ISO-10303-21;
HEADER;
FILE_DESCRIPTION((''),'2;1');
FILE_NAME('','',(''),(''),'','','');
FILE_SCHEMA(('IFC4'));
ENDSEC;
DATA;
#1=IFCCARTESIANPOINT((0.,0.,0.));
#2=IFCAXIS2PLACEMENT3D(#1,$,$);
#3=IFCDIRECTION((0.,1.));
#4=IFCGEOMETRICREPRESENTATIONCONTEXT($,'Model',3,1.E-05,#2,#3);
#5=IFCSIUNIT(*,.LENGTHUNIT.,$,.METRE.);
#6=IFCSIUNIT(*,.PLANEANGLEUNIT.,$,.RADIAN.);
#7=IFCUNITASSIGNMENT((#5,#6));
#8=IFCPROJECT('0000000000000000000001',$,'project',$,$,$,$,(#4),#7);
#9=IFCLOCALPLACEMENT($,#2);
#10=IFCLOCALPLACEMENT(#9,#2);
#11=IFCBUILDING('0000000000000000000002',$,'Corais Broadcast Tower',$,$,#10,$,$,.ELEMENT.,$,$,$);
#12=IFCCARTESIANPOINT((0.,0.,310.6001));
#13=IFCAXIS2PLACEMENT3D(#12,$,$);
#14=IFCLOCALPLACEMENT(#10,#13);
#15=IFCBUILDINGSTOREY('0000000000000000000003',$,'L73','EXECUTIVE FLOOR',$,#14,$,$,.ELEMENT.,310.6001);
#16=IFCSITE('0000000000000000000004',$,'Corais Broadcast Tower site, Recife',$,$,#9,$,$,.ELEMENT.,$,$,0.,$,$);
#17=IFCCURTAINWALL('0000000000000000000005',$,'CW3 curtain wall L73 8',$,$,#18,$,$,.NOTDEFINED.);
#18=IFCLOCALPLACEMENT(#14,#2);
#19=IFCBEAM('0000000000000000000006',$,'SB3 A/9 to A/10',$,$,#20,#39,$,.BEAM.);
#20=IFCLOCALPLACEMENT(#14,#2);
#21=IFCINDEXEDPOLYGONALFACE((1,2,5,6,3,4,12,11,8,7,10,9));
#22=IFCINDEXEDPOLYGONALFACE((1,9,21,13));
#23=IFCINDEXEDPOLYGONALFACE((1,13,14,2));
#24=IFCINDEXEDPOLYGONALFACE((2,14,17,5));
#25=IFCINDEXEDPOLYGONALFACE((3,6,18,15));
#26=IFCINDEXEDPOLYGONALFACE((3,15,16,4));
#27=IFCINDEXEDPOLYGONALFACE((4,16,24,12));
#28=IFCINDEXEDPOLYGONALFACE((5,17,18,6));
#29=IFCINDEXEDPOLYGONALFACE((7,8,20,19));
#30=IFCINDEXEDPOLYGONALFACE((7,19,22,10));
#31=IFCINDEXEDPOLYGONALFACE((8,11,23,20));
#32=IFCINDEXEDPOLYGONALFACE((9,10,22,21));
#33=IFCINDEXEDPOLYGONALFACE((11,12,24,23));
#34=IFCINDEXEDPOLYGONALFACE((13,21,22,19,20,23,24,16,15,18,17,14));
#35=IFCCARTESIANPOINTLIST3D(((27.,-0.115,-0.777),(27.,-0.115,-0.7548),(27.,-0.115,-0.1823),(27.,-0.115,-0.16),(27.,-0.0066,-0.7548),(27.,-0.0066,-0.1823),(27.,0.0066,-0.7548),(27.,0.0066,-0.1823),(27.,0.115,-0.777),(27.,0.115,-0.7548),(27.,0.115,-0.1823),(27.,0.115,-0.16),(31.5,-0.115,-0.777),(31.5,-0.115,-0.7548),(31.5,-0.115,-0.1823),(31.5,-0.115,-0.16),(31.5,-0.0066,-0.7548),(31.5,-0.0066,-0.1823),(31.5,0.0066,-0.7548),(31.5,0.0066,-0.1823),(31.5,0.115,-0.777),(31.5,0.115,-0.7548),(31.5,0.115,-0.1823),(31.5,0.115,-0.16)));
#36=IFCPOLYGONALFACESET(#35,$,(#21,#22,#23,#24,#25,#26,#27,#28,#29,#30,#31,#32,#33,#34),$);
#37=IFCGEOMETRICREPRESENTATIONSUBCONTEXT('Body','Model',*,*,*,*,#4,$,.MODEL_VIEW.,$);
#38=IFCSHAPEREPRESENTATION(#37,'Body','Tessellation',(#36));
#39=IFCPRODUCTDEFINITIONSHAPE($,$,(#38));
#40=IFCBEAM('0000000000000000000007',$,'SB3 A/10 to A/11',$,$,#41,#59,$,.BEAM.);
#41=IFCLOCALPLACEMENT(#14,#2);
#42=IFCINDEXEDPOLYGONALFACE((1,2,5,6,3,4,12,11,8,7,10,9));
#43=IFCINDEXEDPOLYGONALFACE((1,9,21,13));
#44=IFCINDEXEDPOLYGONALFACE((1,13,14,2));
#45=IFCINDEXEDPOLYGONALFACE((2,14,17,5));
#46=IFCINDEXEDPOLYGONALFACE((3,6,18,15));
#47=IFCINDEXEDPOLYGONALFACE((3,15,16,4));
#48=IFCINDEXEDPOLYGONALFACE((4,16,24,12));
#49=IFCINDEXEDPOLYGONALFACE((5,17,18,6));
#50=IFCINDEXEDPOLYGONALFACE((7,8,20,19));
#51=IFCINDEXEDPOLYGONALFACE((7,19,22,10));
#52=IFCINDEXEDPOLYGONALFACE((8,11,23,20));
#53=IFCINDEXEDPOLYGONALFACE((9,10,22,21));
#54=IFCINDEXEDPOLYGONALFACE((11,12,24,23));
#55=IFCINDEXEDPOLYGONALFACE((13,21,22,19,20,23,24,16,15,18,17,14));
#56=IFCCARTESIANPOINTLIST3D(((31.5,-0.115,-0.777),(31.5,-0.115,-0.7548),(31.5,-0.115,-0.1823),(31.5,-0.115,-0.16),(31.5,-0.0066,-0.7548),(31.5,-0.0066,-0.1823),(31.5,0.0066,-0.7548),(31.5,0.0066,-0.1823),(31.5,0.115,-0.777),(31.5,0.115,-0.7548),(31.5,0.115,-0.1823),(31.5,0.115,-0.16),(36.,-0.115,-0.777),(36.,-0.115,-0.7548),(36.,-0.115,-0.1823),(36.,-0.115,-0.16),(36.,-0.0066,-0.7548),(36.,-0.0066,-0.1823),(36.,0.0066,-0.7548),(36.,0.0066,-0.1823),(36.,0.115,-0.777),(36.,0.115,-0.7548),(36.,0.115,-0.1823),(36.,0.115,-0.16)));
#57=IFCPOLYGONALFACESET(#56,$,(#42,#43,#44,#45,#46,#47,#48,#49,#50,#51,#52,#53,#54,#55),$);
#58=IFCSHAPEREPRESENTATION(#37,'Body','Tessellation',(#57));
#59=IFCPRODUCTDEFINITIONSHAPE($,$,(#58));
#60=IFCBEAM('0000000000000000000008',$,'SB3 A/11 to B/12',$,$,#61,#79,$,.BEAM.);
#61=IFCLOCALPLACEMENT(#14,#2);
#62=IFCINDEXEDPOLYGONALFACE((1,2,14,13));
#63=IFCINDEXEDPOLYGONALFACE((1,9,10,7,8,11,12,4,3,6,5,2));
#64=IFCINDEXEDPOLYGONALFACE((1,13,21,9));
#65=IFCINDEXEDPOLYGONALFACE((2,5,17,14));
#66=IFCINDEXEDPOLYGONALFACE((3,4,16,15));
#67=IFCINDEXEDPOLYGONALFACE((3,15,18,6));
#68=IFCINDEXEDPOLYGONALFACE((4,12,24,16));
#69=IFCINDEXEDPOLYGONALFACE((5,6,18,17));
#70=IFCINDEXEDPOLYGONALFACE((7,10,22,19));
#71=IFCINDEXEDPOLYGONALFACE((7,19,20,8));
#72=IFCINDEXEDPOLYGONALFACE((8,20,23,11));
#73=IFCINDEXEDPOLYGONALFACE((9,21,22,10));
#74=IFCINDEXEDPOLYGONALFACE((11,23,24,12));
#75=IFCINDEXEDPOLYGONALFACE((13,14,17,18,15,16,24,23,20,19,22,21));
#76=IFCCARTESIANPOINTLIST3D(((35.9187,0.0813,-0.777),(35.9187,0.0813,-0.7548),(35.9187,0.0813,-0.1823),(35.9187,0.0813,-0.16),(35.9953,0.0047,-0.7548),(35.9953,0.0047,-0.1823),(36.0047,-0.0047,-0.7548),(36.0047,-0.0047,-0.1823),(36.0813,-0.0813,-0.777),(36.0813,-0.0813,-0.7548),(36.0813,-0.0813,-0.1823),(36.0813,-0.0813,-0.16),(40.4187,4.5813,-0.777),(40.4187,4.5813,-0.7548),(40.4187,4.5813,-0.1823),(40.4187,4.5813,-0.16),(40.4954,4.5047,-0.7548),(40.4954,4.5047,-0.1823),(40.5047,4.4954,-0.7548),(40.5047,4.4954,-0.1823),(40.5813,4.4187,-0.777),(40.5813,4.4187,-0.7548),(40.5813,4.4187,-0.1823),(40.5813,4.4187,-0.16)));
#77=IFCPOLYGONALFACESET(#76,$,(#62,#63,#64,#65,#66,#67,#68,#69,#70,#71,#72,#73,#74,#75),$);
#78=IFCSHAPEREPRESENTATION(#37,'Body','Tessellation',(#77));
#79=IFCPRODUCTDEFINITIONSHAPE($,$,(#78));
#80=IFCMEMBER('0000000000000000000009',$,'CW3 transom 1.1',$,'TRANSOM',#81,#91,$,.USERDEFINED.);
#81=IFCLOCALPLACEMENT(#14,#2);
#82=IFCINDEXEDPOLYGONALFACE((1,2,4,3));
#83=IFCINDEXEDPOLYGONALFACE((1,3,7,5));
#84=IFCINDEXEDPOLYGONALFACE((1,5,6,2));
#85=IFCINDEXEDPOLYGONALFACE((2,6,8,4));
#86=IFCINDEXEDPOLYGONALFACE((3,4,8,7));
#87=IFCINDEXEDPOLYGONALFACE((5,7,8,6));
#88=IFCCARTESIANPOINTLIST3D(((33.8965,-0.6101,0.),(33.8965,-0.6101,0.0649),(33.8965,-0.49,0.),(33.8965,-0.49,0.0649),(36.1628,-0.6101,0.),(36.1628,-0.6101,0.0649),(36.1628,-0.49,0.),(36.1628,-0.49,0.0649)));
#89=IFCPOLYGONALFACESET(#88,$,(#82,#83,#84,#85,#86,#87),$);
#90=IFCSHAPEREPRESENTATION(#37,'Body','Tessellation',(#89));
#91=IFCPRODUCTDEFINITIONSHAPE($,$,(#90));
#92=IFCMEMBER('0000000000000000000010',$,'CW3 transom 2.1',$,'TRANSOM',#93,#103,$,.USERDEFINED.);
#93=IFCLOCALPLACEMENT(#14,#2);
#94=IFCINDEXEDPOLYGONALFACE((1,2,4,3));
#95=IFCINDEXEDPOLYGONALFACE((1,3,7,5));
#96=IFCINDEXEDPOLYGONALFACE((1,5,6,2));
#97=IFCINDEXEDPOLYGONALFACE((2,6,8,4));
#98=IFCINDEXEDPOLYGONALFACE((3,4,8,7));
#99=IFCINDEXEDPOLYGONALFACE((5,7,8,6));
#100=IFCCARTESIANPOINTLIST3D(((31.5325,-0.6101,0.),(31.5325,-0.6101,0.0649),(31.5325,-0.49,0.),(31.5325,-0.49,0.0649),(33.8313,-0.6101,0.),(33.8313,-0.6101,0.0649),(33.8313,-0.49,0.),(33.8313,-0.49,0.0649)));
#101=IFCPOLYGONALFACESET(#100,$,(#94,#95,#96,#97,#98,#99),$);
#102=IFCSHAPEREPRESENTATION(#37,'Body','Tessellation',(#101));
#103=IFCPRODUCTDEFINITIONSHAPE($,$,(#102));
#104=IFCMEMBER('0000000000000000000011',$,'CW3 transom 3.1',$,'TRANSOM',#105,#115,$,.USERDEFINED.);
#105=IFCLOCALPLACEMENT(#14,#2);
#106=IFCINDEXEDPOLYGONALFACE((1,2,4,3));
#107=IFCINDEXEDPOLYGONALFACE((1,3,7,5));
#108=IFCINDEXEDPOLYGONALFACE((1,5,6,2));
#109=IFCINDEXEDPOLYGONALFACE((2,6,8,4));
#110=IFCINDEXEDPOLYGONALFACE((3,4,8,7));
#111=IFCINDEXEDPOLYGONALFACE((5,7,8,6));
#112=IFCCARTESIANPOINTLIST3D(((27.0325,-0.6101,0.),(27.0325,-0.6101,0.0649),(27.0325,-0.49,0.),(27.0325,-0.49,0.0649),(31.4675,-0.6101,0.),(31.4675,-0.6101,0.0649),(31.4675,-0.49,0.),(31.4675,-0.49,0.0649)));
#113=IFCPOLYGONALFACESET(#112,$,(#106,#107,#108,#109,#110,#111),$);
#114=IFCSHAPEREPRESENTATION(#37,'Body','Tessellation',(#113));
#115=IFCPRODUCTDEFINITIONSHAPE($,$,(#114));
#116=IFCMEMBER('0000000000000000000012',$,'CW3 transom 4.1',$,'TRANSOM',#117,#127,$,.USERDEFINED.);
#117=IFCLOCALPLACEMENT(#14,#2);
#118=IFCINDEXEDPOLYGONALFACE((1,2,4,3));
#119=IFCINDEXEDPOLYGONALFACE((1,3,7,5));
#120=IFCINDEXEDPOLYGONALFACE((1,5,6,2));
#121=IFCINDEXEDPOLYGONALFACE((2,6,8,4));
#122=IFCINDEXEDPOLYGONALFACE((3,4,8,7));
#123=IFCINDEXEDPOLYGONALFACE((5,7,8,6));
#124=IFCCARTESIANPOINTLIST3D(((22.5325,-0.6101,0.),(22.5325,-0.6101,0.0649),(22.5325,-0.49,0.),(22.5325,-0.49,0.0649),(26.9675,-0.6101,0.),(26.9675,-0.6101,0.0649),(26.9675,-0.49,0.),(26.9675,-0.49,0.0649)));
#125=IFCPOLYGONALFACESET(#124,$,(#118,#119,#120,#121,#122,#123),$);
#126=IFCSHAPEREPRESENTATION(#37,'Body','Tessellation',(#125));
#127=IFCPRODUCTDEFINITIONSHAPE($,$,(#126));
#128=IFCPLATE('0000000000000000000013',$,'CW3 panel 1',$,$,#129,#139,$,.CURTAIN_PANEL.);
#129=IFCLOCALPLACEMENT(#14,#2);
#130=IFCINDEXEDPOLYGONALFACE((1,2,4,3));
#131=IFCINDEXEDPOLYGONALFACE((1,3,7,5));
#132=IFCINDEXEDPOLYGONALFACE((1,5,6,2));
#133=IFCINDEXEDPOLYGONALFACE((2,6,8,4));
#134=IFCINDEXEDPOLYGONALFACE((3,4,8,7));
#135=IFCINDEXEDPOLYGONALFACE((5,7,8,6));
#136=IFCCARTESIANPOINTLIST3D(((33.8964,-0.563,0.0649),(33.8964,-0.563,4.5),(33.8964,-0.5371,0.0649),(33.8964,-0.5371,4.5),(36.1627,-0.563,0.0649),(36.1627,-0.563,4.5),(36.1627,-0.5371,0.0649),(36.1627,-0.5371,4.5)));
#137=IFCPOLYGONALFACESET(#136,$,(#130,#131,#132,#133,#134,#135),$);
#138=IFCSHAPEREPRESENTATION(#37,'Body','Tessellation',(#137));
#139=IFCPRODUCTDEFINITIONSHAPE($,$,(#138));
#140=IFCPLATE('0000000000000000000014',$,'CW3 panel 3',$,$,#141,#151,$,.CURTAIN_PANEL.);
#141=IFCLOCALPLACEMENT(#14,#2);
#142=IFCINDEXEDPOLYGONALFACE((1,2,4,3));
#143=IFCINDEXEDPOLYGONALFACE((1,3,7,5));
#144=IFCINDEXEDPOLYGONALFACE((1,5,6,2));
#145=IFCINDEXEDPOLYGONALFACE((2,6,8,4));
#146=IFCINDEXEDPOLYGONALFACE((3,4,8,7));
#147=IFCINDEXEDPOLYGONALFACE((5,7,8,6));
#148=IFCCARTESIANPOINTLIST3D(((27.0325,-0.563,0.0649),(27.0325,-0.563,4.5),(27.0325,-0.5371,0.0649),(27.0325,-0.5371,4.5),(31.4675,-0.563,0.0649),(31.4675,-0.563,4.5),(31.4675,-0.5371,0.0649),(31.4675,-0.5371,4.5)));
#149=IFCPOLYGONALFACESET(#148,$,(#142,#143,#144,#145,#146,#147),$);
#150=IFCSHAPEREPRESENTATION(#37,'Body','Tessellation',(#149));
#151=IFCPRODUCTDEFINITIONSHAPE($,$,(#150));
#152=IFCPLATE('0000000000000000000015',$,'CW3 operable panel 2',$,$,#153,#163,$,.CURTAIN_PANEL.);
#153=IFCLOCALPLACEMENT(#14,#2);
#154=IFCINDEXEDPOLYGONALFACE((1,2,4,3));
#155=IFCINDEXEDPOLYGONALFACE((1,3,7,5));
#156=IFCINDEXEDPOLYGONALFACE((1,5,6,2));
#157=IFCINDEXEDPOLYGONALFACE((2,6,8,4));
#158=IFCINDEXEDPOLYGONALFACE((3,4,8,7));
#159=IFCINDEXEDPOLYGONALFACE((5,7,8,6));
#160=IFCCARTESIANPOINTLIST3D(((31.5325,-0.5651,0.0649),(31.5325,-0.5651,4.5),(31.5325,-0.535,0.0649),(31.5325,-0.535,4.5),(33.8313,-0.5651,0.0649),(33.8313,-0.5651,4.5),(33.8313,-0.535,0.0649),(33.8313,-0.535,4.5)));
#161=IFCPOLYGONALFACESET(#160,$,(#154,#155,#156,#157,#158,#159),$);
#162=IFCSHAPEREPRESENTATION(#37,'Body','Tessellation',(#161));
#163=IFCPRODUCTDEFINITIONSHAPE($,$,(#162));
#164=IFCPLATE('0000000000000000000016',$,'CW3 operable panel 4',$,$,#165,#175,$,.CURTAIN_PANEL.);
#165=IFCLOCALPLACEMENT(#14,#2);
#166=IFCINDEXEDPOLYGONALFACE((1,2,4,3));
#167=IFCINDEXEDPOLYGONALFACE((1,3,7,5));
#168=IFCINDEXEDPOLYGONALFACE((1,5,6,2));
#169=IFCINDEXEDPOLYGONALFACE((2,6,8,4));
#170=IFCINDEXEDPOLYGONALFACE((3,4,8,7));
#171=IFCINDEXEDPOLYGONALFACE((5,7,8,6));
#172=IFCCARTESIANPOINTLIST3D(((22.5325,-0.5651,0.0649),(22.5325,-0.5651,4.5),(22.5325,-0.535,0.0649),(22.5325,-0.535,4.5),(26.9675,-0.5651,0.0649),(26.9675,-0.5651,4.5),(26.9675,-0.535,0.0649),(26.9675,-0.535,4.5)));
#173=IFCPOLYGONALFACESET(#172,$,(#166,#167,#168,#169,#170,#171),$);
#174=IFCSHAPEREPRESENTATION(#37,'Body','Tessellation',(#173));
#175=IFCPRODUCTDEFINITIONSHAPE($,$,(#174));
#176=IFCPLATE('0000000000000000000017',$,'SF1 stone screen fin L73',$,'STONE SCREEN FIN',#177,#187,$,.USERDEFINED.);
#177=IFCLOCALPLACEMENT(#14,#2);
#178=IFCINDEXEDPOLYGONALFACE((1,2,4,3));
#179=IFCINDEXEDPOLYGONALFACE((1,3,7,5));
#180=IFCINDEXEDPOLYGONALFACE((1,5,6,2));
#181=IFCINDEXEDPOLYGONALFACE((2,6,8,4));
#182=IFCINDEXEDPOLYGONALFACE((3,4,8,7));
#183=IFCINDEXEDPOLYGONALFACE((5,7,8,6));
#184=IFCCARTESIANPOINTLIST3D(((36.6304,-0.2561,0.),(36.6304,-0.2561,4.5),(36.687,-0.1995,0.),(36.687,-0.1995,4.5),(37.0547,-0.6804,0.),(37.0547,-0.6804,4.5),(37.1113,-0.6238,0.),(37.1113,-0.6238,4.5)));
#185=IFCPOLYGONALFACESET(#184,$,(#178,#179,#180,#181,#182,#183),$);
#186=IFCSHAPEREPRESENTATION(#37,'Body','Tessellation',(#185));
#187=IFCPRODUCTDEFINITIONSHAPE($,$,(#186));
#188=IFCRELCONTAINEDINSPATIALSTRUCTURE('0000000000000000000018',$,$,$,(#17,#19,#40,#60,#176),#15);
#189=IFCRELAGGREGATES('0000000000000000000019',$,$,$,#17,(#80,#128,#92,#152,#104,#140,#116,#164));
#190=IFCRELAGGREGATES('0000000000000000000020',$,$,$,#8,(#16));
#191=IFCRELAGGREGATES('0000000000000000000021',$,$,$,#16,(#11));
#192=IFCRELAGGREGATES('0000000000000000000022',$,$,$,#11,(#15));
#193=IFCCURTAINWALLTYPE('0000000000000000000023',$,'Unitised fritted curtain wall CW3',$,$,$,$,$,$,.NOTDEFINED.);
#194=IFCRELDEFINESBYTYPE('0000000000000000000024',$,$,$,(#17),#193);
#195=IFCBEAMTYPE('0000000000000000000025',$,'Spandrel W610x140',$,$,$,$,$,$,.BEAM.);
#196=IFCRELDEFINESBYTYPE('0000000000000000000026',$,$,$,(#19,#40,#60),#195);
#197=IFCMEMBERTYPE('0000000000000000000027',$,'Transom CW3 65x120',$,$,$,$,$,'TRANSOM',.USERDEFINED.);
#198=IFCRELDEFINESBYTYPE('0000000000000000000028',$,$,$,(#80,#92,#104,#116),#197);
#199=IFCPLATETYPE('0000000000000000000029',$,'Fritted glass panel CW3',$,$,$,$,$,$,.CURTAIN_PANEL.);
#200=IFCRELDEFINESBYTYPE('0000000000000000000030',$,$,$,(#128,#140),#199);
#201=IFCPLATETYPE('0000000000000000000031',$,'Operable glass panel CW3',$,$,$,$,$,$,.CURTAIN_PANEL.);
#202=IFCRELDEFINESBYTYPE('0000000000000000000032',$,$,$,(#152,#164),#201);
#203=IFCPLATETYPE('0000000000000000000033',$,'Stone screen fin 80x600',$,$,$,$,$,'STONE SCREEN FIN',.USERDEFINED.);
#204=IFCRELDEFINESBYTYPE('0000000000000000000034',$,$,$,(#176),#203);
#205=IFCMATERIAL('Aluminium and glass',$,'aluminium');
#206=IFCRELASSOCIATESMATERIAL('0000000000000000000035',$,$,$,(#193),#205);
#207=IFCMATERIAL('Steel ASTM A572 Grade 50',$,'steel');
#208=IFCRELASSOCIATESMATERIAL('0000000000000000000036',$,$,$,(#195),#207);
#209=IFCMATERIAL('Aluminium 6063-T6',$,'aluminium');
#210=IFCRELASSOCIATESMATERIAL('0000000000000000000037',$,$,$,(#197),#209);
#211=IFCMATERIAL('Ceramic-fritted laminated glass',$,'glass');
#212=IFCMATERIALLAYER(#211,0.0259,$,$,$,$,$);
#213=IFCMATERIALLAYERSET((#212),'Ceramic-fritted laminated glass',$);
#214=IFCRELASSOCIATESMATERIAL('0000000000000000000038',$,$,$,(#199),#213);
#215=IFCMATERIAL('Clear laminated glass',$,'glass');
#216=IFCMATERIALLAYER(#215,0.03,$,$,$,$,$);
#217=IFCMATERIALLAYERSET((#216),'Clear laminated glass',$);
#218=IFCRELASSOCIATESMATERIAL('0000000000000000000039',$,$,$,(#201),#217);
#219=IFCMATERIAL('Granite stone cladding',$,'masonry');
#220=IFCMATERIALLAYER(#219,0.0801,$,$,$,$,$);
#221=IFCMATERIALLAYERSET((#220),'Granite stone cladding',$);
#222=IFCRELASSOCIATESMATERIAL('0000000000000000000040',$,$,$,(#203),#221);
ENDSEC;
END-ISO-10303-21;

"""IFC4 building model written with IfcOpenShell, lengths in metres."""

from ifc_helpers import new_model, si_unit, direction, frame, origin, origin_2d, place, context, subcontext, project, spatial, rectangle, i_section, extrude, material, layer, layer_set, material_profile, profile_set, type_object, element, aggregate, save


model = new_model("IFC4")

# Units and contexts
model_context = context("Model", 3, precision=1e-05, world=origin(), true_north=direction((0.0, 1.0)))
body_context = subcontext(model_context, "Body", "Model", "MODEL_VIEW")
ifc_project = project(units=[si_unit("LENGTHUNIT", "METRE"), si_unit("PLANEANGLEUNIT", "RADIAN")], contexts=[model_context])

# Site, building, storey
site_placement = place(None, origin())
site = spatial("IfcSite", under=ifc_project, at=site_placement, Name="Corais Broadcast Tower site, Recife", CompositionType="ELEMENT", RefElevation=0.0)
building_placement = place(site_placement, origin())
building = spatial("IfcBuilding", under=site, at=building_placement, Name="Corais Broadcast Tower", CompositionType="ELEMENT")
storey_placement = place(building_placement, frame((0.0, 0.0, 310.6001)))
storey = spatial("IfcBuildingStorey", under=building, at=storey_placement, Name="L73", Description="EXECUTIVE FLOOR", CompositionType="ELEMENT", Elevation=310.6001)

# Shared definitions
ifc_material_1 = material(Name="Aluminium and glass", Category="aluminium")
curtain_wall_type = type_object("IfcCurtainWallType", Name="Unitised fritted curtain wall CW3", PredefinedType="NOTDEFINED", material=ifc_material_1)

# Curtain wall
curtain_wall_1_placement = place(storey_placement, origin())
curtain_wall_1 = element("IfcCurtainWall", 1, at=curtain_wall_1_placement, inside=storey, type_object=curtain_wall_type, Name="CW3 curtain wall L73 8", PredefinedType="NOTDEFINED")

# Beams
ifc_material_2 = material(Name="Steel ASTM A572 Grade 50", Category="steel")
ifc_material_profile_1 = material_profile(ifc_material_2, i_section(OverallWidth=0.23, OverallDepth=0.6169, WebThickness=0.0132, FlangeThickness=0.0222, at=origin_2d()), Name="W610x140")
ifc_profile_set_1 = profile_set([ifc_material_profile_1], Name="Steel ASTM A572 Grade 50")
beam_type_1 = type_object("IfcBeamType", Name="Spandrel W610x140", PredefinedType="BEAM", material=ifc_profile_set_1)
for number, where, z_axis, x_axis, name in (
    (2, (27.0, 0.0, -0.4685), (1.0, 0.0, 0.0), (0.0, 1.0, 0.0), "SB3 A/9 to A/10"),
    (3, (31.5, 0.0, -0.4685), (1.0, 0.0, 0.0), (0.0, 1.0, 0.0), "SB3 A/10 to A/11"),
):
    element("IfcBeam", number, at=place(storey_placement, frame(where, z_axis=z_axis, x_axis=x_axis)), inside=storey, type_object=beam_type_1, Name=name, PredefinedType="BEAM", context=body_context, shape_type="SweptSolid", body=[
        extrude(i_section(OverallWidth=0.23, OverallDepth=0.6169, WebThickness=0.0132, FlangeThickness=0.0222, at=origin_2d()), origin(), (0.0, 0.0, 1.0), 4.5),
    ])
beam_placement = place(storey_placement, frame((36.0, 0.0, -0.4685), z_axis=(0.707107, 0.707107, 0.0), x_axis=(-0.707107, 0.707107, 0.0)))
element("IfcBeam", 4, at=beam_placement, inside=storey, type_object=beam_type_1, Name="SB3 A/11 to B/12", PredefinedType="BEAM", context=body_context, shape_type="SweptSolid", body=[
    extrude(i_section(OverallWidth=0.23, OverallDepth=0.6169, WebThickness=0.0132, FlangeThickness=0.0222, at=origin_2d()), origin(), (0.0, 0.0, 1.0), 6.364),
])

# Members
ifc_material_3 = material(Name="Aluminium 6063-T6", Category="aluminium")
ifc_material_profile_2 = material_profile(ifc_material_3, rectangle(XDim=0.1201, YDim=0.0649, at=origin_2d()), Name="Transom CW3 65x120")
ifc_profile_set_2 = profile_set([ifc_material_profile_2], Name="Aluminium 6063-T6")
member_type_1 = type_object("IfcMemberType", Name="Transom CW3 65x120", ElementType="TRANSOM", PredefinedType="USERDEFINED", material=ifc_profile_set_2)
member_1_placement = place(storey_placement, frame((36.1628, -0.55, 0.0325), z_axis=(-1.0, 0.0, 0.0), x_axis=(0.0, -1.0, 0.0)))
member_1 = element("IfcMember", 5, at=member_1_placement, type_object=member_type_1, Name="CW3 transom 1.1", ObjectType="TRANSOM", PredefinedType="USERDEFINED", context=body_context, shape_type="SweptSolid", body=[
    extrude(rectangle(XDim=0.1201, YDim=0.0649, at=origin_2d()), origin(), (0.0, 0.0, 1.0), 2.2664),
])
member_2_placement = place(storey_placement, frame((33.8313, -0.55, 0.0325), z_axis=(-1.0, 0.0, 0.0), x_axis=(0.0, -1.0, 0.0)))
member_2 = element("IfcMember", 6, at=member_2_placement, type_object=member_type_1, Name="CW3 transom 2.1", ObjectType="TRANSOM", PredefinedType="USERDEFINED", context=body_context, shape_type="SweptSolid", body=[
    extrude(rectangle(XDim=0.1201, YDim=0.0649, at=origin_2d()), origin(), (0.0, 0.0, 1.0), 2.2988),
])
member_3_placement = place(storey_placement, frame((31.4675, -0.55, 0.0325), z_axis=(-1.0, 0.0, 0.0), x_axis=(0.0, -1.0, 0.0)))
member_3 = element("IfcMember", 7, at=member_3_placement, type_object=member_type_1, Name="CW3 transom 3.1", ObjectType="TRANSOM", PredefinedType="USERDEFINED", context=body_context, shape_type="SweptSolid", body=[
    extrude(rectangle(XDim=0.1201, YDim=0.0649, at=origin_2d()), origin(), (0.0, 0.0, 1.0), 4.4351),
])
member_4_placement = place(storey_placement, frame((26.9675, -0.55, 0.0325), z_axis=(-1.0, 0.0, 0.0), x_axis=(0.0, -1.0, 0.0)))
member_4 = element("IfcMember", 8, at=member_4_placement, type_object=member_type_1, Name="CW3 transom 4.1", ObjectType="TRANSOM", PredefinedType="USERDEFINED", context=body_context, shape_type="SweptSolid", body=[
    extrude(rectangle(XDim=0.1201, YDim=0.0649, at=origin_2d()), origin(), (0.0, 0.0, 1.0), 4.4351),
])

# Plates
ifc_material_4 = material(Name="Ceramic-fritted laminated glass", Category="glass")
ifc_layer_1 = layer(ifc_material_4, 0.0259)
ifc_layer_set_1 = layer_set([ifc_layer_1], Name="Ceramic-fritted laminated glass")
plate_type_1 = type_object("IfcPlateType", Name="Fritted glass panel CW3", PredefinedType="CURTAIN_PANEL", material=ifc_layer_set_1)
plate_1_placement = place(storey_placement, frame((35.0295, -0.55, 0.0649), z_axis=(0.0, 0.0, 1.0), x_axis=(-1.0, 0.0, 0.0)))
plate_1 = element("IfcPlate", 9, at=plate_1_placement, type_object=plate_type_1, Name="CW3 panel 1", PredefinedType="CURTAIN_PANEL", context=body_context, shape_type="SweptSolid", body=[
    extrude(rectangle(XDim=2.2664, YDim=0.0259, at=origin_2d()), origin(), (0.0, 0.0, 1.0), 4.4351),
])
plate_2_placement = place(storey_placement, frame((29.25, -0.55, 0.0649), z_axis=(0.0, 0.0, 1.0), x_axis=(-1.0, 0.0, 0.0)))
plate_2 = element("IfcPlate", 10, at=plate_2_placement, type_object=plate_type_1, Name="CW3 panel 3", PredefinedType="CURTAIN_PANEL", context=body_context, shape_type="SweptSolid", body=[
    extrude(rectangle(XDim=4.4351, YDim=0.0259, at=origin_2d()), origin(), (0.0, 0.0, 1.0), 4.4351),
])
ifc_material_5 = material(Name="Clear laminated glass", Category="glass")
ifc_layer_2 = layer(ifc_material_5, 0.03)
ifc_layer_set_2 = layer_set([ifc_layer_2], Name="Clear laminated glass")
plate_type_2 = type_object("IfcPlateType", Name="Operable glass panel CW3", PredefinedType="CURTAIN_PANEL", material=ifc_layer_set_2)
plate_3_placement = place(storey_placement, frame((32.6819, -0.55, 0.0649), z_axis=(0.0, 0.0, 1.0), x_axis=(-1.0, 0.0, 0.0)))
plate_3 = element("IfcPlate", 11, at=plate_3_placement, type_object=plate_type_2, Name="CW3 operable panel 2", PredefinedType="CURTAIN_PANEL", context=body_context, shape_type="SweptSolid", body=[
    extrude(rectangle(XDim=2.2988, YDim=0.03, at=origin_2d()), origin(), (0.0, 0.0, 1.0), 4.4351),
])
plate_4_placement = place(storey_placement, frame((24.75, -0.55, 0.0649), z_axis=(0.0, 0.0, 1.0), x_axis=(-1.0, 0.0, 0.0)))
plate_4 = element("IfcPlate", 12, at=plate_4_placement, type_object=plate_type_2, Name="CW3 operable panel 4", PredefinedType="CURTAIN_PANEL", context=body_context, shape_type="SweptSolid", body=[
    extrude(rectangle(XDim=4.4351, YDim=0.03, at=origin_2d()), origin(), (0.0, 0.0, 1.0), 4.4351),
])
aggregate(curtain_wall_1, [member_1, plate_1, member_2, plate_3, member_3, plate_2, member_4, plate_4])
ifc_material_6 = material(Name="Granite stone cladding", Category="masonry")
ifc_layer_3 = layer(ifc_material_6, 0.0801)
ifc_layer_set_3 = layer_set([ifc_layer_3], Name="Granite stone cladding")
plate_type_3 = type_object("IfcPlateType", Name="Stone screen fin 80x600", ElementType="STONE SCREEN FIN", PredefinedType="USERDEFINED", material=ifc_layer_set_3)
plate_5_placement = place(storey_placement, frame((36.8708, -0.4399, 0.0), z_axis=(0.0, 0.0, 1.0), x_axis=(-0.707107, -0.707107, 0.0)))
element("IfcPlate", 13, at=plate_5_placement, inside=storey, type_object=plate_type_3, Name="SF1 stone screen fin L73", ObjectType="STONE SCREEN FIN", PredefinedType="USERDEFINED", context=body_context, shape_type="SweptSolid", body=[
    extrude(rectangle(XDim=0.0801, YDim=0.6001, at=origin_2d()), origin(), (0.0, 0.0, 1.0), 4.5),
])

save(model, "model.ifc")
